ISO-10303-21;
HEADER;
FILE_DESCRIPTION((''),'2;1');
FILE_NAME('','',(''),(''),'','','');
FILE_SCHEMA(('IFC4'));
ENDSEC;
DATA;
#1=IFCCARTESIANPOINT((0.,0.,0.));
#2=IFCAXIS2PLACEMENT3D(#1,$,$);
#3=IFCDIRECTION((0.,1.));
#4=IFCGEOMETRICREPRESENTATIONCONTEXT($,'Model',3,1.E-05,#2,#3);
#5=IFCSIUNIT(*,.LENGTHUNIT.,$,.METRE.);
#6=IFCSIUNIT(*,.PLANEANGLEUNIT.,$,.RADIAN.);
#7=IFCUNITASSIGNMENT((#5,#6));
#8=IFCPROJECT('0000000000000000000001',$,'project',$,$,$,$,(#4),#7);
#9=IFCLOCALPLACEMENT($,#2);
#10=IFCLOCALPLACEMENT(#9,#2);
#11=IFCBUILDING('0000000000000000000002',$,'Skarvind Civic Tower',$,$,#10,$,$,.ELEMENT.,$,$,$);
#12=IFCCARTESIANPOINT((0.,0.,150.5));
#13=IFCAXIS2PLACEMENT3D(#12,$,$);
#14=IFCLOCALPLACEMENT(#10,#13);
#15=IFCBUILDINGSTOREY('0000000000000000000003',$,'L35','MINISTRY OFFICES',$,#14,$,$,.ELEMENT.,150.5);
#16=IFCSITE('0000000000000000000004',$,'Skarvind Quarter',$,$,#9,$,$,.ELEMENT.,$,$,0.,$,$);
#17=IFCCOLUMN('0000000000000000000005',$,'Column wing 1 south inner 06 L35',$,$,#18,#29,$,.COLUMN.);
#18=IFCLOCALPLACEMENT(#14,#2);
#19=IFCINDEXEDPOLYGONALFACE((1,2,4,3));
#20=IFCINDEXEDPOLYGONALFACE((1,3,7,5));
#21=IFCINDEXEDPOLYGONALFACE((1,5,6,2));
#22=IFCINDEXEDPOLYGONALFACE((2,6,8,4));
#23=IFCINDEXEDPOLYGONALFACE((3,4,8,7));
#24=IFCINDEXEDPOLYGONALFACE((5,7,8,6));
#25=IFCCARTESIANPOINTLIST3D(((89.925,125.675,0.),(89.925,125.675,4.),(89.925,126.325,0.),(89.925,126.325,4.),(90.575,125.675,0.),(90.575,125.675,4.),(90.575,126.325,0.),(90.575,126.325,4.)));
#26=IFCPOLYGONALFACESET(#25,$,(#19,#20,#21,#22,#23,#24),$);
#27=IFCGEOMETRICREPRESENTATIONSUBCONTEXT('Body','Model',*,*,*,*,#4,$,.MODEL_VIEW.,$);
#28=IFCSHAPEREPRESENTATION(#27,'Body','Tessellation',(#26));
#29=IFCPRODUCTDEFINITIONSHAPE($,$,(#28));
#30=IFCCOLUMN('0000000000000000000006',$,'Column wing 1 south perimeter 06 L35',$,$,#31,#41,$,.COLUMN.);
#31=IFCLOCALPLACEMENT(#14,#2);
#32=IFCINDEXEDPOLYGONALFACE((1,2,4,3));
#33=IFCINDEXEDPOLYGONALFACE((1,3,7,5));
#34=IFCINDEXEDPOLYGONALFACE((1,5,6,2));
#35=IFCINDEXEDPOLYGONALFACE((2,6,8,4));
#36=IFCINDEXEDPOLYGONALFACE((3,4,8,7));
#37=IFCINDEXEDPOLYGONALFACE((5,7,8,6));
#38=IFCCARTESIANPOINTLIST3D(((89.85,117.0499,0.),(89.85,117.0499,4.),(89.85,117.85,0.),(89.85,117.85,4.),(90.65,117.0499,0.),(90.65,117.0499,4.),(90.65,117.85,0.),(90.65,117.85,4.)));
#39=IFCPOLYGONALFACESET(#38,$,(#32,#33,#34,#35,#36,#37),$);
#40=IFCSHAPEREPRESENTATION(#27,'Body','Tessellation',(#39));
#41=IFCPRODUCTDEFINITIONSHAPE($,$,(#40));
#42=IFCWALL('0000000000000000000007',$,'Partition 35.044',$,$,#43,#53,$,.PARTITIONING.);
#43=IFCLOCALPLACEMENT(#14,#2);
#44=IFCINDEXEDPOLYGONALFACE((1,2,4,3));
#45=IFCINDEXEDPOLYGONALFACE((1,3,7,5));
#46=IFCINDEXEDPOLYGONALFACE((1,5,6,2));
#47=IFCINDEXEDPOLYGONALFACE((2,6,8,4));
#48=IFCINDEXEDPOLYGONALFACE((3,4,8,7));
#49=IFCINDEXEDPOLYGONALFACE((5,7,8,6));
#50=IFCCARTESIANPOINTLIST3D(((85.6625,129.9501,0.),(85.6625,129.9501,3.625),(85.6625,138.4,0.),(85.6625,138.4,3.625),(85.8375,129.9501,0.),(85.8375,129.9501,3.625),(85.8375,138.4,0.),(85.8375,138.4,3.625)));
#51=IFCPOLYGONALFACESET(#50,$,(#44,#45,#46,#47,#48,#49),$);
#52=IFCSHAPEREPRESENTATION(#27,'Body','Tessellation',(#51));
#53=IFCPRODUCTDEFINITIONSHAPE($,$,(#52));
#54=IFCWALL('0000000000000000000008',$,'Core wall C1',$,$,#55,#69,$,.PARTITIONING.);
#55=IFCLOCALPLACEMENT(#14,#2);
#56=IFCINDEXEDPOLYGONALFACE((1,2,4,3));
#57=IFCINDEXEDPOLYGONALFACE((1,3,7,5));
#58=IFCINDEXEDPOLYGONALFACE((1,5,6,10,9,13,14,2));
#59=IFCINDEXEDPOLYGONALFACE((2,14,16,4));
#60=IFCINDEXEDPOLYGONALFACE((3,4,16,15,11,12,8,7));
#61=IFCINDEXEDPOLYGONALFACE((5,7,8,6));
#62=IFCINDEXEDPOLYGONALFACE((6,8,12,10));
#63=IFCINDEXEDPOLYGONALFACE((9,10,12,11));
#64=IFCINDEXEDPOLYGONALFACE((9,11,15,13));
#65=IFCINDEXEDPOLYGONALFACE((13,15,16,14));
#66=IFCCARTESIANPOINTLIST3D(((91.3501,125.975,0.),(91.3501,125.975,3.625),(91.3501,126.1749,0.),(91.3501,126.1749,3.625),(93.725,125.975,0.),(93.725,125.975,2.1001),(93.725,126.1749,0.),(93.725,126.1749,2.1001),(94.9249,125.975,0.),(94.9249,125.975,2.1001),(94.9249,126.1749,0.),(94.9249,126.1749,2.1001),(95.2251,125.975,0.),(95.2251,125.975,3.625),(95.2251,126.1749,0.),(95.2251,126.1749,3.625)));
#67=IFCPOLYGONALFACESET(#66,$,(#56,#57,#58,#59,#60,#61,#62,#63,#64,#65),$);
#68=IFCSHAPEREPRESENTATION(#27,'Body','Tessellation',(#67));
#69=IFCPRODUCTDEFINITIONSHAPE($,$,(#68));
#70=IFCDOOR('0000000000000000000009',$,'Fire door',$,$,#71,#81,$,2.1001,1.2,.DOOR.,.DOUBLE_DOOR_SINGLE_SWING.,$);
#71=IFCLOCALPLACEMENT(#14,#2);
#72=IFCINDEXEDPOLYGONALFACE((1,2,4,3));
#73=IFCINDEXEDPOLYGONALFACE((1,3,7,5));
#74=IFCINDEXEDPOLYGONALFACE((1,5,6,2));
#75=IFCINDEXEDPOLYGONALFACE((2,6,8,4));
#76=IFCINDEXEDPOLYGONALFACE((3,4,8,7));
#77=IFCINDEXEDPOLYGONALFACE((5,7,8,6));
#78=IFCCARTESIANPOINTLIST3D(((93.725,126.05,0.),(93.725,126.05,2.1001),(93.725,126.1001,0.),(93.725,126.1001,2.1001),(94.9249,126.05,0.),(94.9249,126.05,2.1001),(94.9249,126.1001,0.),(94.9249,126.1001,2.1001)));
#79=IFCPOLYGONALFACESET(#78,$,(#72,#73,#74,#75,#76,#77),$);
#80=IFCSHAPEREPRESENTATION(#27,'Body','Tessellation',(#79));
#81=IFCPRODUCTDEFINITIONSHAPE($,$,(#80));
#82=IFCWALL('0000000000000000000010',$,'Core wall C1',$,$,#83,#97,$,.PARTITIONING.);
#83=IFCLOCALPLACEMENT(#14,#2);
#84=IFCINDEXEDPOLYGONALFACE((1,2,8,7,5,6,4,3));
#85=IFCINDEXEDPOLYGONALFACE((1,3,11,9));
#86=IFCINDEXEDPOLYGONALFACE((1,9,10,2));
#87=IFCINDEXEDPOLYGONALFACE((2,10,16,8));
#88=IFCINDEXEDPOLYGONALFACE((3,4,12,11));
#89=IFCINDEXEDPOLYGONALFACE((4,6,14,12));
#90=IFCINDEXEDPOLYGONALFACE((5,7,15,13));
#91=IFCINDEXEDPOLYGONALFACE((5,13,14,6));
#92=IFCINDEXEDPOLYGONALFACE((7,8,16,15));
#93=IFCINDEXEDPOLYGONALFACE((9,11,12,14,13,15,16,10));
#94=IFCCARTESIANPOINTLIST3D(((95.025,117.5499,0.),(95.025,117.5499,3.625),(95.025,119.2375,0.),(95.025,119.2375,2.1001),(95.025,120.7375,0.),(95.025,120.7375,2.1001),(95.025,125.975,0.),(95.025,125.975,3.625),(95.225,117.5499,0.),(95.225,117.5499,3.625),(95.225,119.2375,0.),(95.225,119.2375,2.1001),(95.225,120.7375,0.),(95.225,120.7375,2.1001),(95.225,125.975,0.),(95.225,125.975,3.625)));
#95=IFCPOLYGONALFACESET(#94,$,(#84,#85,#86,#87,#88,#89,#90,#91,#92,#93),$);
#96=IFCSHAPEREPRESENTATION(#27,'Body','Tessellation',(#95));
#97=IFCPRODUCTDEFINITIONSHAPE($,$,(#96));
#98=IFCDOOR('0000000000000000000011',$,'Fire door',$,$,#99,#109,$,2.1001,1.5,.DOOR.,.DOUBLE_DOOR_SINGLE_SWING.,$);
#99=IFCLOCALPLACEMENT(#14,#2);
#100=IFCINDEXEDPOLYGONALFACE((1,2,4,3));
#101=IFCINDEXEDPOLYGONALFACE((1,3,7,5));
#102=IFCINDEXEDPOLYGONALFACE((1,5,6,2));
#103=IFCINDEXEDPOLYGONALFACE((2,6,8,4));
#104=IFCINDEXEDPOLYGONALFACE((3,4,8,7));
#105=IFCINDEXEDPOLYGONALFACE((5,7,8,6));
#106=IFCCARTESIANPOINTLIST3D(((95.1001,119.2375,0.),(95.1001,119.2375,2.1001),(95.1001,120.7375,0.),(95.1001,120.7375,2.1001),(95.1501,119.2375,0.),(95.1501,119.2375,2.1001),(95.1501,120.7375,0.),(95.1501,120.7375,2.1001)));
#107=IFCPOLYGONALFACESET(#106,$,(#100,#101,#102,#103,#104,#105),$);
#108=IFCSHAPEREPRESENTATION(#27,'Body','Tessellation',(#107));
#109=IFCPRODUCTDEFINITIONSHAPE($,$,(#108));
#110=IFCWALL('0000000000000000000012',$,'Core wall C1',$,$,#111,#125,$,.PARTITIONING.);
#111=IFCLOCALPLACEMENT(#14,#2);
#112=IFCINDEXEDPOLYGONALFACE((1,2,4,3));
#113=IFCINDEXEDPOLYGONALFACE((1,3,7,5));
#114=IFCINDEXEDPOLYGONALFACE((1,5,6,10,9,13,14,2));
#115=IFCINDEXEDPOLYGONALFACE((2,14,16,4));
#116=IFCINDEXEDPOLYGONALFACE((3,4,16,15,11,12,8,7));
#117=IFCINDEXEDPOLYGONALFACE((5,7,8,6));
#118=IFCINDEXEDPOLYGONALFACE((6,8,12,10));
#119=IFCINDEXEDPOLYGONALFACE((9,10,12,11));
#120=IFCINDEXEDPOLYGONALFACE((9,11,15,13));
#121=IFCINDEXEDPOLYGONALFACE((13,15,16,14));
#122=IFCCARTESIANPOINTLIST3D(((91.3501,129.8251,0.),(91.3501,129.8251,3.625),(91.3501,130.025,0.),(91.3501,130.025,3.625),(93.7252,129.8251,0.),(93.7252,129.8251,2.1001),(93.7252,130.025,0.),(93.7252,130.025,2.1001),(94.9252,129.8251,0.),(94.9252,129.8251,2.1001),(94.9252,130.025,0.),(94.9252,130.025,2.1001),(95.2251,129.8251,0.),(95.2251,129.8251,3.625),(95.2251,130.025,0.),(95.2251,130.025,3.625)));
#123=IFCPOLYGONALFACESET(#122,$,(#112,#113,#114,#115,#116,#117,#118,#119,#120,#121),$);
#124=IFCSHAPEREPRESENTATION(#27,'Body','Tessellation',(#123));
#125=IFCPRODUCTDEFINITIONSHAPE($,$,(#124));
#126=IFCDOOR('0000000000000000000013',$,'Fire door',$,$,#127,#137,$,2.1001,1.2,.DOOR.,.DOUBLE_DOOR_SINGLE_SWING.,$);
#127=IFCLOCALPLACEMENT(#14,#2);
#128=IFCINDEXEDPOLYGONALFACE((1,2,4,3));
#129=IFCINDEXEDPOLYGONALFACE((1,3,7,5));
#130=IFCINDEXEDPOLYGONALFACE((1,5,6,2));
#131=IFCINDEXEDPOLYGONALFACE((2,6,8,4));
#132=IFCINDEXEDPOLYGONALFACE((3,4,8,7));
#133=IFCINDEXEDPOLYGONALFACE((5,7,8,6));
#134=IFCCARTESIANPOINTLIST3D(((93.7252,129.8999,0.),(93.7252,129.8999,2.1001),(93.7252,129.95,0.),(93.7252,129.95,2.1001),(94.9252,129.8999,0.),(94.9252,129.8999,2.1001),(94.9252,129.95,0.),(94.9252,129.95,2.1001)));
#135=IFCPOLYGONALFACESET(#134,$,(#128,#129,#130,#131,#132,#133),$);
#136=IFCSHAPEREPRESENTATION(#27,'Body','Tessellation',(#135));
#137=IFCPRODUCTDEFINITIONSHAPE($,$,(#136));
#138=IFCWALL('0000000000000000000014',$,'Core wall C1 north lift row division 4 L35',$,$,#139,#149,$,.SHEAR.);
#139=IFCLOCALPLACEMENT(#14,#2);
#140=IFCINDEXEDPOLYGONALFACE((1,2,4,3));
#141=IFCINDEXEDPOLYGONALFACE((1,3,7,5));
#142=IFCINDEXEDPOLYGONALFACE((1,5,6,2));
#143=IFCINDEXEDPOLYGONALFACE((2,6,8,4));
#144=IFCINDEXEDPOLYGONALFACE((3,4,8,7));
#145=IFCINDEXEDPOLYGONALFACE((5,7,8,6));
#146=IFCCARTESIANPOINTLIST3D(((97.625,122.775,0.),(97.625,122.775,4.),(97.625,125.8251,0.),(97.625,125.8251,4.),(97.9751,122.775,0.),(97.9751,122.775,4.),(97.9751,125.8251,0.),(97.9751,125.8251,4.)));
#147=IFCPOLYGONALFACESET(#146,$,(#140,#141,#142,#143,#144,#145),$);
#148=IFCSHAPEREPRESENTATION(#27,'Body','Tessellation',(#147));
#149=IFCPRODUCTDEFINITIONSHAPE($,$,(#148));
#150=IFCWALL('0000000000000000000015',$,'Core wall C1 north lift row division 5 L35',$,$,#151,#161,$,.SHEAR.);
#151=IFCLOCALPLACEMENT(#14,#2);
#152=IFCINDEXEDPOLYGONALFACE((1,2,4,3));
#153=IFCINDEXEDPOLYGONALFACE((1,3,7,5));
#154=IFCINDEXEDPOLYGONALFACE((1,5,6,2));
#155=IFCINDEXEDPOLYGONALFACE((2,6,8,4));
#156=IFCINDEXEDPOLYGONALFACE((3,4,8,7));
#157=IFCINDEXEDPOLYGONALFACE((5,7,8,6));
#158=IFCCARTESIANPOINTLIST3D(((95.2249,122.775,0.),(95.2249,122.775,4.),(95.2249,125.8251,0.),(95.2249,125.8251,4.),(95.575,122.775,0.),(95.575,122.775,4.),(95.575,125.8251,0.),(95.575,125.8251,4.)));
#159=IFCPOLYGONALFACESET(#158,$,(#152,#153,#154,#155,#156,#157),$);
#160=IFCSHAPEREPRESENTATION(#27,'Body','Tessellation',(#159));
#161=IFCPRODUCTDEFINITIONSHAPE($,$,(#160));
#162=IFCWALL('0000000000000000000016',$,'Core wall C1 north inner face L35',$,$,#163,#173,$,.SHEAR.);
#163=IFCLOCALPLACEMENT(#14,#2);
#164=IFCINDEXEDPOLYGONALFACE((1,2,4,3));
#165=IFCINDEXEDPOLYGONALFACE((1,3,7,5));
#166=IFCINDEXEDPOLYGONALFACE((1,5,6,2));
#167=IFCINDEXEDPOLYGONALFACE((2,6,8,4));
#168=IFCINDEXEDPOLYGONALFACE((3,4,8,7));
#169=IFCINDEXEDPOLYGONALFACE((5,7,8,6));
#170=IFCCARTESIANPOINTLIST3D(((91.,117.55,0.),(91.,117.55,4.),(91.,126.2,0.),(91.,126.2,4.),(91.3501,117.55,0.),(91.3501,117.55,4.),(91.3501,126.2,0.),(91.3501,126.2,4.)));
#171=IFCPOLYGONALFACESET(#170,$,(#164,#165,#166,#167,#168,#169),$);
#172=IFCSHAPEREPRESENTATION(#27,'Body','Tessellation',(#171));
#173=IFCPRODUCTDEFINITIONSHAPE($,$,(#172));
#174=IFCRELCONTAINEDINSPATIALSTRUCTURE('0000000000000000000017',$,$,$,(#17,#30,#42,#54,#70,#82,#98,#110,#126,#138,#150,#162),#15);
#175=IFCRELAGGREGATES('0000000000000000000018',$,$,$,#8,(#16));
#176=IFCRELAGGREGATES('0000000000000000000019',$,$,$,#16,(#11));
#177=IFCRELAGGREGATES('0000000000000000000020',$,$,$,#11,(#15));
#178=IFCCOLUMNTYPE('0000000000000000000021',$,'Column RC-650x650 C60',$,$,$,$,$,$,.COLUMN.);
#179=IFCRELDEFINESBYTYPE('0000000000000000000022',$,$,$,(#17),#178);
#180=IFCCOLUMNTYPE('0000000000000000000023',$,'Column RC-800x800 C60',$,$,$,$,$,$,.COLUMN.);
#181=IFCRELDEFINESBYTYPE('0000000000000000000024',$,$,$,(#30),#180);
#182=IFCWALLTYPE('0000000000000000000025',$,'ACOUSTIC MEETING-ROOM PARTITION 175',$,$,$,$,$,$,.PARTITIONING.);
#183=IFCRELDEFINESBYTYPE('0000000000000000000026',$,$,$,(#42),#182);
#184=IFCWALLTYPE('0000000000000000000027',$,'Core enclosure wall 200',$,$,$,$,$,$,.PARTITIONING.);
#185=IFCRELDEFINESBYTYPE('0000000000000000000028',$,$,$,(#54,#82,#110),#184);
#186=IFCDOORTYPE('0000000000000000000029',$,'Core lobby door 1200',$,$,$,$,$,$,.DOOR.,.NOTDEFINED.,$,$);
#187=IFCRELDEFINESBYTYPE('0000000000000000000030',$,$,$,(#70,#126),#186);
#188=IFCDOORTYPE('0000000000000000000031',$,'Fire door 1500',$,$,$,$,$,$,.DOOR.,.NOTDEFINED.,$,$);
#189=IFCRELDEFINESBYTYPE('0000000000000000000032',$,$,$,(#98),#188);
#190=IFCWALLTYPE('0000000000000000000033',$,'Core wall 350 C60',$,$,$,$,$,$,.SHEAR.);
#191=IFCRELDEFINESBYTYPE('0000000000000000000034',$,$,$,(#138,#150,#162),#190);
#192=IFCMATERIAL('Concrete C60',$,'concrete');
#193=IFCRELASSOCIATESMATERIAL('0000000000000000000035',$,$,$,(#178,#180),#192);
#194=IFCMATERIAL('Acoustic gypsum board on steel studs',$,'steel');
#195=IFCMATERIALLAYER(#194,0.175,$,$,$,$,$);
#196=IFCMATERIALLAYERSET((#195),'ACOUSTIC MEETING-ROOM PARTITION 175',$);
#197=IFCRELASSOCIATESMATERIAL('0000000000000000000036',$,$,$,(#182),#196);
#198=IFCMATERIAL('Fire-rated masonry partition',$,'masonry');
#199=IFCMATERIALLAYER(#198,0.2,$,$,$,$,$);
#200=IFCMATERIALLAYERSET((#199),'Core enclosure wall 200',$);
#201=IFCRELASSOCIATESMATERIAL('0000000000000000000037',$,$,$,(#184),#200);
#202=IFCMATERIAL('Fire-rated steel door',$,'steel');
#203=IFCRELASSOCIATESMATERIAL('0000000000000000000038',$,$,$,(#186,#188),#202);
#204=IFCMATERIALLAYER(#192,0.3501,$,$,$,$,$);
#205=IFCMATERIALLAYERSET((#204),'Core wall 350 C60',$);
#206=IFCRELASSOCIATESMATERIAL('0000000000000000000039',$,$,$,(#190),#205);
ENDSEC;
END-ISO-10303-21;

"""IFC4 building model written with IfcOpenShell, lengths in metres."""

from ifc_helpers import new_model, si_unit, direction, frame, frame_2d, origin, origin_2d, place, context, subcontext, project, spatial, rectangle, extrude, material, layer, layer_set, material_profile, profile_set, type_object, element, fill, save


model = new_model("IFC4")

# Units and contexts
model_context = context("Model", 3, precision=1e-05, world=origin(), true_north=direction((0.0, 1.0)))
body_context = subcontext(model_context, "Body", "Model", "MODEL_VIEW")
ifc_project = project(units=[si_unit("LENGTHUNIT", "METRE"), si_unit("PLANEANGLEUNIT", "RADIAN")], contexts=[model_context])

# Site, building, storey
site_placement = place(None, origin())
site = spatial("IfcSite", under=ifc_project, at=site_placement, Name="Skarvind Quarter", CompositionType="ELEMENT", RefElevation=0.0)
building_placement = place(site_placement, origin())
building = spatial("IfcBuilding", under=site, at=building_placement, Name="Skarvind Civic Tower", CompositionType="ELEMENT")
storey_placement = place(building_placement, frame((0.0, 0.0, 150.5)))
storey = spatial("IfcBuildingStorey", under=building, at=storey_placement, Name="L35", Description="MINISTRY OFFICES", CompositionType="ELEMENT", Elevation=150.5)

# Columns
ifc_material_1 = material(Name="Concrete C60", Category="concrete")
ifc_material_profile_1 = material_profile(ifc_material_1, rectangle(XDim=0.6499, YDim=0.6499, at=origin_2d()), Name="RC-650x650")
ifc_profile_set_1 = profile_set([ifc_material_profile_1], Name="Concrete C60")
column_type_1 = type_object("IfcColumnType", Name="Column RC-650x650 C60", PredefinedType="COLUMN", material=ifc_profile_set_1)
column_1_placement = place(storey_placement, frame((90.25, 126.0, 0.0), z_axis=(0.0, 0.0, 1.0), x_axis=(1.0, 0.0, 0.0)))
element("IfcColumn", 1, at=column_1_placement, inside=storey, type_object=column_type_1, Name="Column wing 1 south inner 06 L35", PredefinedType="COLUMN", context=body_context, shape_type="SweptSolid", body=[
    extrude(rectangle(XDim=0.6499, YDim=0.6499, at=origin_2d()), origin(), (0.0, 0.0, 1.0), 4.0),
])
ifc_material_profile_2 = material_profile(ifc_material_1, rectangle(XDim=0.8, YDim=0.8, at=origin_2d()), Name="RC-800x800")
ifc_profile_set_2 = profile_set([ifc_material_profile_2], Name="Concrete C60")
column_type_2 = type_object("IfcColumnType", Name="Column RC-800x800 C60", PredefinedType="COLUMN", material=ifc_profile_set_2)
column_2_placement = place(storey_placement, frame((90.25, 117.45, 0.0), z_axis=(0.0, 0.0, 1.0), x_axis=(1.0, 0.0, 0.0)))
element("IfcColumn", 2, at=column_2_placement, inside=storey, type_object=column_type_2, Name="Column wing 1 south perimeter 06 L35", PredefinedType="COLUMN", context=body_context, shape_type="SweptSolid", body=[
    extrude(rectangle(XDim=0.8, YDim=0.8, at=origin_2d()), origin(), (0.0, 0.0, 1.0), 4.0),
])

# Wall
ifc_material_2 = material(Name="Acoustic gypsum board on steel studs", Category="steel")
ifc_layer_1 = layer(ifc_material_2, 0.175)
ifc_layer_set_1 = layer_set([ifc_layer_1], Name="ACOUSTIC MEETING-ROOM PARTITION 175")
wall_type_1 = type_object("IfcWallType", Name="ACOUSTIC MEETING-ROOM PARTITION 175", PredefinedType="PARTITIONING", material=ifc_layer_set_1)
wall_1_placement = place(storey_placement, frame((85.75, 129.95, 0.0), z_axis=(0.0, 0.0, 1.0), x_axis=(0.0, 1.0, 0.0)))
element("IfcWall", 3, at=wall_1_placement, inside=storey, type_object=wall_type_1, Name="Partition 35.044", PredefinedType="PARTITIONING", context=body_context, shape_type="SweptSolid", body=[
    extrude(rectangle(XDim=8.45, YDim=0.175, at=frame_2d((4.2251, 0.0))), origin(), (0.0, 0.0, 1.0), 3.625),
])

# Walls, openings, doors
ifc_material_3 = material(Name="Fire-rated masonry partition", Category="masonry")
ifc_layer_2 = layer(ifc_material_3, 0.2)
ifc_layer_set_2 = layer_set([ifc_layer_2], Name="Core enclosure wall 200")
wall_type_2 = type_object("IfcWallType", Name="Core enclosure wall 200", PredefinedType="PARTITIONING", material=ifc_layer_set_2)
wall_2_placement = place(storey_placement, frame((95.2251, 126.075, 0.0), z_axis=(0.0, 0.0, 1.0), x_axis=(-1.0, 0.0, 0.0)))
wall_2 = element("IfcWall", 4, at=wall_2_placement, inside=storey, type_object=wall_type_2, Name="Core wall C1", PredefinedType="PARTITIONING", context=body_context, shape_type="SweptSolid", body=[
    extrude(rectangle(XDim=3.875, YDim=0.2, at=frame_2d((1.9375, 0.0))), origin(), (0.0, 0.0, 1.0), 3.625),
])
opening_1_placement = place(wall_2_placement, frame((0.3, 0.0, 0.0)))
opening_1 = element("IfcOpeningElement", 5, at=opening_1_placement, cuts=wall_2, PredefinedType="OPENING", context=body_context, shape_type="SweptSolid", body=[
    extrude(rectangle(XDim=1.2, YDim=2.1001, at=frame_2d((0.6001, 1.05))), frame((0.0, 0.1099, 0.0), z_axis=(0.0, -1.0, 0.0), x_axis=(1.0, 0.0, 0.0)), (0.0, 0.0, 1.0), 0.22),
])
ifc_material_4 = material(Name="Fire-rated steel door", Category="steel")
door_type_1 = type_object("IfcDoorType", Name="Core lobby door 1200", OperationType="NOTDEFINED", PredefinedType="DOOR", material=ifc_material_4)
door_1_placement = place(opening_1_placement, origin())
door_1 = element("IfcDoor", 6, at=door_1_placement, inside=storey, type_object=door_type_1, Name="Fire door", OperationType="DOUBLE_DOOR_SINGLE_SWING", OverallHeight=2.1001, OverallWidth=1.2, PredefinedType="DOOR", context=body_context, shape_type="SweptSolid", body=[
    extrude(rectangle(XDim=1.2, YDim=2.1001, at=frame_2d((0.6001, 1.05))), frame((0.0, 0.0249, 0.0), z_axis=(0.0, -1.0, 0.0), x_axis=(1.0, 0.0, 0.0)), (0.0, 0.0, 1.0), 0.05),
])
fill(opening_1, door_1)
wall_3_placement = place(storey_placement, frame((95.125, 117.55, 0.0), z_axis=(0.0, 0.0, 1.0), x_axis=(0.0, 1.0, 0.0)))
wall_3 = element("IfcWall", 7, at=wall_3_placement, inside=storey, type_object=wall_type_2, Name="Core wall C1", PredefinedType="PARTITIONING", context=body_context, shape_type="SweptSolid", body=[
    extrude(rectangle(XDim=8.425, YDim=0.2, at=frame_2d((4.2124, 0.0))), origin(), (0.0, 0.0, 1.0), 3.625),
])
opening_2_placement = place(wall_3_placement, frame((1.6875, 0.0, 0.0)))
opening_2 = element("IfcOpeningElement", 8, at=opening_2_placement, cuts=wall_3, PredefinedType="OPENING", context=body_context, shape_type="SweptSolid", body=[
    extrude(rectangle(XDim=1.5, YDim=2.1001, at=frame_2d((0.75, 1.05))), frame((0.0, 0.1099, 0.0), z_axis=(0.0, -1.0, 0.0), x_axis=(1.0, 0.0, 0.0)), (0.0, 0.0, 1.0), 0.22),
])
door_type_2 = type_object("IfcDoorType", Name="Fire door 1500", OperationType="NOTDEFINED", PredefinedType="DOOR", material=ifc_material_4)
door_2_placement = place(opening_2_placement, origin())
door_2 = element("IfcDoor", 9, at=door_2_placement, inside=storey, type_object=door_type_2, Name="Fire door", OperationType="DOUBLE_DOOR_SINGLE_SWING", OverallHeight=2.1001, OverallWidth=1.5, PredefinedType="DOOR", context=body_context, shape_type="SweptSolid", body=[
    extrude(rectangle(XDim=1.5, YDim=2.1001, at=frame_2d((0.75, 1.05))), frame((0.0, 0.0249, 0.0), z_axis=(0.0, -1.0, 0.0), x_axis=(1.0, 0.0, 0.0)), (0.0, 0.0, 1.0), 0.05),
])
fill(opening_2, door_2)
wall_4_placement = place(storey_placement, frame((91.3501, 129.925, 0.0), z_axis=(0.0, 0.0, 1.0), x_axis=(1.0, 0.0, 0.0)))
wall_4 = element("IfcWall", 10, at=wall_4_placement, inside=storey, type_object=wall_type_2, Name="Core wall C1", PredefinedType="PARTITIONING", context=body_context, shape_type="SweptSolid", body=[
    extrude(rectangle(XDim=3.875, YDim=0.2, at=frame_2d((1.9375, 0.0))), origin(), (0.0, 0.0, 1.0), 3.625),
])
opening_3_placement = place(wall_4_placement, frame((2.375, 0.0, 0.0)))
opening_3 = element("IfcOpeningElement", 11, at=opening_3_placement, cuts=wall_4, PredefinedType="OPENING", context=body_context, shape_type="SweptSolid", body=[
    extrude(rectangle(XDim=1.2, YDim=2.1001, at=frame_2d((0.6001, 1.05))), frame((0.0, 0.1099, 0.0), z_axis=(0.0, -1.0, 0.0), x_axis=(1.0, 0.0, 0.0)), (0.0, 0.0, 1.0), 0.22),
])
door_3_placement = place(opening_3_placement, origin())
door_3 = element("IfcDoor", 12, at=door_3_placement, inside=storey, type_object=door_type_1, Name="Fire door", OperationType="DOUBLE_DOOR_SINGLE_SWING", OverallHeight=2.1001, OverallWidth=1.2, PredefinedType="DOOR", context=body_context, shape_type="SweptSolid", body=[
    extrude(rectangle(XDim=1.2, YDim=2.1001, at=frame_2d((0.6001, 1.05))), frame((0.0, 0.0249, 0.0), z_axis=(0.0, -1.0, 0.0), x_axis=(1.0, 0.0, 0.0)), (0.0, 0.0, 1.0), 0.05),
])
fill(opening_3, door_3)

# Walls
ifc_layer_3 = layer(ifc_material_1, 0.3501)
ifc_layer_set_3 = layer_set([ifc_layer_3], Name="Core wall 350 C60")
wall_type_3 = type_object("IfcWallType", Name="Core wall 350 C60", PredefinedType="SHEAR", material=ifc_layer_set_3)
for number, where, z_axis, x_axis, name in (
    (13, (97.8, 125.825, 0.0), (0.0, 0.0, 1.0), (0.0, -1.0, 0.0), "Core wall C1 north lift row division 4 L35"),
    (14, (95.3999, 125.825, 0.0), (0.0, 0.0, 1.0), (0.0, -1.0, 0.0), "Core wall C1 north lift row division 5 L35"),
):
    element("IfcWall", number, at=place(storey_placement, frame(where, z_axis=z_axis, x_axis=x_axis)), inside=storey, type_object=wall_type_3, Name=name, PredefinedType="SHEAR", context=body_context, shape_type="SweptSolid", body=[
        extrude(rectangle(XDim=3.05, YDim=0.3501, at=frame_2d((1.5249, 0.0))), origin(), (0.0, 0.0, 1.0), 4.0),
    ])
wall_5_placement = place(storey_placement, frame((91.175, 126.2, 0.0), z_axis=(0.0, 0.0, 1.0), x_axis=(0.0, -1.0, 0.0)))
element("IfcWall", 15, at=wall_5_placement, inside=storey, type_object=wall_type_3, Name="Core wall C1 north inner face L35", PredefinedType="SHEAR", context=body_context, shape_type="SweptSolid", body=[
    extrude(rectangle(XDim=8.6499, YDim=0.3501, at=frame_2d((4.325, 0.0))), origin(), (0.0, 0.0, 1.0), 4.0),
])

save(model, "model.ifc")
